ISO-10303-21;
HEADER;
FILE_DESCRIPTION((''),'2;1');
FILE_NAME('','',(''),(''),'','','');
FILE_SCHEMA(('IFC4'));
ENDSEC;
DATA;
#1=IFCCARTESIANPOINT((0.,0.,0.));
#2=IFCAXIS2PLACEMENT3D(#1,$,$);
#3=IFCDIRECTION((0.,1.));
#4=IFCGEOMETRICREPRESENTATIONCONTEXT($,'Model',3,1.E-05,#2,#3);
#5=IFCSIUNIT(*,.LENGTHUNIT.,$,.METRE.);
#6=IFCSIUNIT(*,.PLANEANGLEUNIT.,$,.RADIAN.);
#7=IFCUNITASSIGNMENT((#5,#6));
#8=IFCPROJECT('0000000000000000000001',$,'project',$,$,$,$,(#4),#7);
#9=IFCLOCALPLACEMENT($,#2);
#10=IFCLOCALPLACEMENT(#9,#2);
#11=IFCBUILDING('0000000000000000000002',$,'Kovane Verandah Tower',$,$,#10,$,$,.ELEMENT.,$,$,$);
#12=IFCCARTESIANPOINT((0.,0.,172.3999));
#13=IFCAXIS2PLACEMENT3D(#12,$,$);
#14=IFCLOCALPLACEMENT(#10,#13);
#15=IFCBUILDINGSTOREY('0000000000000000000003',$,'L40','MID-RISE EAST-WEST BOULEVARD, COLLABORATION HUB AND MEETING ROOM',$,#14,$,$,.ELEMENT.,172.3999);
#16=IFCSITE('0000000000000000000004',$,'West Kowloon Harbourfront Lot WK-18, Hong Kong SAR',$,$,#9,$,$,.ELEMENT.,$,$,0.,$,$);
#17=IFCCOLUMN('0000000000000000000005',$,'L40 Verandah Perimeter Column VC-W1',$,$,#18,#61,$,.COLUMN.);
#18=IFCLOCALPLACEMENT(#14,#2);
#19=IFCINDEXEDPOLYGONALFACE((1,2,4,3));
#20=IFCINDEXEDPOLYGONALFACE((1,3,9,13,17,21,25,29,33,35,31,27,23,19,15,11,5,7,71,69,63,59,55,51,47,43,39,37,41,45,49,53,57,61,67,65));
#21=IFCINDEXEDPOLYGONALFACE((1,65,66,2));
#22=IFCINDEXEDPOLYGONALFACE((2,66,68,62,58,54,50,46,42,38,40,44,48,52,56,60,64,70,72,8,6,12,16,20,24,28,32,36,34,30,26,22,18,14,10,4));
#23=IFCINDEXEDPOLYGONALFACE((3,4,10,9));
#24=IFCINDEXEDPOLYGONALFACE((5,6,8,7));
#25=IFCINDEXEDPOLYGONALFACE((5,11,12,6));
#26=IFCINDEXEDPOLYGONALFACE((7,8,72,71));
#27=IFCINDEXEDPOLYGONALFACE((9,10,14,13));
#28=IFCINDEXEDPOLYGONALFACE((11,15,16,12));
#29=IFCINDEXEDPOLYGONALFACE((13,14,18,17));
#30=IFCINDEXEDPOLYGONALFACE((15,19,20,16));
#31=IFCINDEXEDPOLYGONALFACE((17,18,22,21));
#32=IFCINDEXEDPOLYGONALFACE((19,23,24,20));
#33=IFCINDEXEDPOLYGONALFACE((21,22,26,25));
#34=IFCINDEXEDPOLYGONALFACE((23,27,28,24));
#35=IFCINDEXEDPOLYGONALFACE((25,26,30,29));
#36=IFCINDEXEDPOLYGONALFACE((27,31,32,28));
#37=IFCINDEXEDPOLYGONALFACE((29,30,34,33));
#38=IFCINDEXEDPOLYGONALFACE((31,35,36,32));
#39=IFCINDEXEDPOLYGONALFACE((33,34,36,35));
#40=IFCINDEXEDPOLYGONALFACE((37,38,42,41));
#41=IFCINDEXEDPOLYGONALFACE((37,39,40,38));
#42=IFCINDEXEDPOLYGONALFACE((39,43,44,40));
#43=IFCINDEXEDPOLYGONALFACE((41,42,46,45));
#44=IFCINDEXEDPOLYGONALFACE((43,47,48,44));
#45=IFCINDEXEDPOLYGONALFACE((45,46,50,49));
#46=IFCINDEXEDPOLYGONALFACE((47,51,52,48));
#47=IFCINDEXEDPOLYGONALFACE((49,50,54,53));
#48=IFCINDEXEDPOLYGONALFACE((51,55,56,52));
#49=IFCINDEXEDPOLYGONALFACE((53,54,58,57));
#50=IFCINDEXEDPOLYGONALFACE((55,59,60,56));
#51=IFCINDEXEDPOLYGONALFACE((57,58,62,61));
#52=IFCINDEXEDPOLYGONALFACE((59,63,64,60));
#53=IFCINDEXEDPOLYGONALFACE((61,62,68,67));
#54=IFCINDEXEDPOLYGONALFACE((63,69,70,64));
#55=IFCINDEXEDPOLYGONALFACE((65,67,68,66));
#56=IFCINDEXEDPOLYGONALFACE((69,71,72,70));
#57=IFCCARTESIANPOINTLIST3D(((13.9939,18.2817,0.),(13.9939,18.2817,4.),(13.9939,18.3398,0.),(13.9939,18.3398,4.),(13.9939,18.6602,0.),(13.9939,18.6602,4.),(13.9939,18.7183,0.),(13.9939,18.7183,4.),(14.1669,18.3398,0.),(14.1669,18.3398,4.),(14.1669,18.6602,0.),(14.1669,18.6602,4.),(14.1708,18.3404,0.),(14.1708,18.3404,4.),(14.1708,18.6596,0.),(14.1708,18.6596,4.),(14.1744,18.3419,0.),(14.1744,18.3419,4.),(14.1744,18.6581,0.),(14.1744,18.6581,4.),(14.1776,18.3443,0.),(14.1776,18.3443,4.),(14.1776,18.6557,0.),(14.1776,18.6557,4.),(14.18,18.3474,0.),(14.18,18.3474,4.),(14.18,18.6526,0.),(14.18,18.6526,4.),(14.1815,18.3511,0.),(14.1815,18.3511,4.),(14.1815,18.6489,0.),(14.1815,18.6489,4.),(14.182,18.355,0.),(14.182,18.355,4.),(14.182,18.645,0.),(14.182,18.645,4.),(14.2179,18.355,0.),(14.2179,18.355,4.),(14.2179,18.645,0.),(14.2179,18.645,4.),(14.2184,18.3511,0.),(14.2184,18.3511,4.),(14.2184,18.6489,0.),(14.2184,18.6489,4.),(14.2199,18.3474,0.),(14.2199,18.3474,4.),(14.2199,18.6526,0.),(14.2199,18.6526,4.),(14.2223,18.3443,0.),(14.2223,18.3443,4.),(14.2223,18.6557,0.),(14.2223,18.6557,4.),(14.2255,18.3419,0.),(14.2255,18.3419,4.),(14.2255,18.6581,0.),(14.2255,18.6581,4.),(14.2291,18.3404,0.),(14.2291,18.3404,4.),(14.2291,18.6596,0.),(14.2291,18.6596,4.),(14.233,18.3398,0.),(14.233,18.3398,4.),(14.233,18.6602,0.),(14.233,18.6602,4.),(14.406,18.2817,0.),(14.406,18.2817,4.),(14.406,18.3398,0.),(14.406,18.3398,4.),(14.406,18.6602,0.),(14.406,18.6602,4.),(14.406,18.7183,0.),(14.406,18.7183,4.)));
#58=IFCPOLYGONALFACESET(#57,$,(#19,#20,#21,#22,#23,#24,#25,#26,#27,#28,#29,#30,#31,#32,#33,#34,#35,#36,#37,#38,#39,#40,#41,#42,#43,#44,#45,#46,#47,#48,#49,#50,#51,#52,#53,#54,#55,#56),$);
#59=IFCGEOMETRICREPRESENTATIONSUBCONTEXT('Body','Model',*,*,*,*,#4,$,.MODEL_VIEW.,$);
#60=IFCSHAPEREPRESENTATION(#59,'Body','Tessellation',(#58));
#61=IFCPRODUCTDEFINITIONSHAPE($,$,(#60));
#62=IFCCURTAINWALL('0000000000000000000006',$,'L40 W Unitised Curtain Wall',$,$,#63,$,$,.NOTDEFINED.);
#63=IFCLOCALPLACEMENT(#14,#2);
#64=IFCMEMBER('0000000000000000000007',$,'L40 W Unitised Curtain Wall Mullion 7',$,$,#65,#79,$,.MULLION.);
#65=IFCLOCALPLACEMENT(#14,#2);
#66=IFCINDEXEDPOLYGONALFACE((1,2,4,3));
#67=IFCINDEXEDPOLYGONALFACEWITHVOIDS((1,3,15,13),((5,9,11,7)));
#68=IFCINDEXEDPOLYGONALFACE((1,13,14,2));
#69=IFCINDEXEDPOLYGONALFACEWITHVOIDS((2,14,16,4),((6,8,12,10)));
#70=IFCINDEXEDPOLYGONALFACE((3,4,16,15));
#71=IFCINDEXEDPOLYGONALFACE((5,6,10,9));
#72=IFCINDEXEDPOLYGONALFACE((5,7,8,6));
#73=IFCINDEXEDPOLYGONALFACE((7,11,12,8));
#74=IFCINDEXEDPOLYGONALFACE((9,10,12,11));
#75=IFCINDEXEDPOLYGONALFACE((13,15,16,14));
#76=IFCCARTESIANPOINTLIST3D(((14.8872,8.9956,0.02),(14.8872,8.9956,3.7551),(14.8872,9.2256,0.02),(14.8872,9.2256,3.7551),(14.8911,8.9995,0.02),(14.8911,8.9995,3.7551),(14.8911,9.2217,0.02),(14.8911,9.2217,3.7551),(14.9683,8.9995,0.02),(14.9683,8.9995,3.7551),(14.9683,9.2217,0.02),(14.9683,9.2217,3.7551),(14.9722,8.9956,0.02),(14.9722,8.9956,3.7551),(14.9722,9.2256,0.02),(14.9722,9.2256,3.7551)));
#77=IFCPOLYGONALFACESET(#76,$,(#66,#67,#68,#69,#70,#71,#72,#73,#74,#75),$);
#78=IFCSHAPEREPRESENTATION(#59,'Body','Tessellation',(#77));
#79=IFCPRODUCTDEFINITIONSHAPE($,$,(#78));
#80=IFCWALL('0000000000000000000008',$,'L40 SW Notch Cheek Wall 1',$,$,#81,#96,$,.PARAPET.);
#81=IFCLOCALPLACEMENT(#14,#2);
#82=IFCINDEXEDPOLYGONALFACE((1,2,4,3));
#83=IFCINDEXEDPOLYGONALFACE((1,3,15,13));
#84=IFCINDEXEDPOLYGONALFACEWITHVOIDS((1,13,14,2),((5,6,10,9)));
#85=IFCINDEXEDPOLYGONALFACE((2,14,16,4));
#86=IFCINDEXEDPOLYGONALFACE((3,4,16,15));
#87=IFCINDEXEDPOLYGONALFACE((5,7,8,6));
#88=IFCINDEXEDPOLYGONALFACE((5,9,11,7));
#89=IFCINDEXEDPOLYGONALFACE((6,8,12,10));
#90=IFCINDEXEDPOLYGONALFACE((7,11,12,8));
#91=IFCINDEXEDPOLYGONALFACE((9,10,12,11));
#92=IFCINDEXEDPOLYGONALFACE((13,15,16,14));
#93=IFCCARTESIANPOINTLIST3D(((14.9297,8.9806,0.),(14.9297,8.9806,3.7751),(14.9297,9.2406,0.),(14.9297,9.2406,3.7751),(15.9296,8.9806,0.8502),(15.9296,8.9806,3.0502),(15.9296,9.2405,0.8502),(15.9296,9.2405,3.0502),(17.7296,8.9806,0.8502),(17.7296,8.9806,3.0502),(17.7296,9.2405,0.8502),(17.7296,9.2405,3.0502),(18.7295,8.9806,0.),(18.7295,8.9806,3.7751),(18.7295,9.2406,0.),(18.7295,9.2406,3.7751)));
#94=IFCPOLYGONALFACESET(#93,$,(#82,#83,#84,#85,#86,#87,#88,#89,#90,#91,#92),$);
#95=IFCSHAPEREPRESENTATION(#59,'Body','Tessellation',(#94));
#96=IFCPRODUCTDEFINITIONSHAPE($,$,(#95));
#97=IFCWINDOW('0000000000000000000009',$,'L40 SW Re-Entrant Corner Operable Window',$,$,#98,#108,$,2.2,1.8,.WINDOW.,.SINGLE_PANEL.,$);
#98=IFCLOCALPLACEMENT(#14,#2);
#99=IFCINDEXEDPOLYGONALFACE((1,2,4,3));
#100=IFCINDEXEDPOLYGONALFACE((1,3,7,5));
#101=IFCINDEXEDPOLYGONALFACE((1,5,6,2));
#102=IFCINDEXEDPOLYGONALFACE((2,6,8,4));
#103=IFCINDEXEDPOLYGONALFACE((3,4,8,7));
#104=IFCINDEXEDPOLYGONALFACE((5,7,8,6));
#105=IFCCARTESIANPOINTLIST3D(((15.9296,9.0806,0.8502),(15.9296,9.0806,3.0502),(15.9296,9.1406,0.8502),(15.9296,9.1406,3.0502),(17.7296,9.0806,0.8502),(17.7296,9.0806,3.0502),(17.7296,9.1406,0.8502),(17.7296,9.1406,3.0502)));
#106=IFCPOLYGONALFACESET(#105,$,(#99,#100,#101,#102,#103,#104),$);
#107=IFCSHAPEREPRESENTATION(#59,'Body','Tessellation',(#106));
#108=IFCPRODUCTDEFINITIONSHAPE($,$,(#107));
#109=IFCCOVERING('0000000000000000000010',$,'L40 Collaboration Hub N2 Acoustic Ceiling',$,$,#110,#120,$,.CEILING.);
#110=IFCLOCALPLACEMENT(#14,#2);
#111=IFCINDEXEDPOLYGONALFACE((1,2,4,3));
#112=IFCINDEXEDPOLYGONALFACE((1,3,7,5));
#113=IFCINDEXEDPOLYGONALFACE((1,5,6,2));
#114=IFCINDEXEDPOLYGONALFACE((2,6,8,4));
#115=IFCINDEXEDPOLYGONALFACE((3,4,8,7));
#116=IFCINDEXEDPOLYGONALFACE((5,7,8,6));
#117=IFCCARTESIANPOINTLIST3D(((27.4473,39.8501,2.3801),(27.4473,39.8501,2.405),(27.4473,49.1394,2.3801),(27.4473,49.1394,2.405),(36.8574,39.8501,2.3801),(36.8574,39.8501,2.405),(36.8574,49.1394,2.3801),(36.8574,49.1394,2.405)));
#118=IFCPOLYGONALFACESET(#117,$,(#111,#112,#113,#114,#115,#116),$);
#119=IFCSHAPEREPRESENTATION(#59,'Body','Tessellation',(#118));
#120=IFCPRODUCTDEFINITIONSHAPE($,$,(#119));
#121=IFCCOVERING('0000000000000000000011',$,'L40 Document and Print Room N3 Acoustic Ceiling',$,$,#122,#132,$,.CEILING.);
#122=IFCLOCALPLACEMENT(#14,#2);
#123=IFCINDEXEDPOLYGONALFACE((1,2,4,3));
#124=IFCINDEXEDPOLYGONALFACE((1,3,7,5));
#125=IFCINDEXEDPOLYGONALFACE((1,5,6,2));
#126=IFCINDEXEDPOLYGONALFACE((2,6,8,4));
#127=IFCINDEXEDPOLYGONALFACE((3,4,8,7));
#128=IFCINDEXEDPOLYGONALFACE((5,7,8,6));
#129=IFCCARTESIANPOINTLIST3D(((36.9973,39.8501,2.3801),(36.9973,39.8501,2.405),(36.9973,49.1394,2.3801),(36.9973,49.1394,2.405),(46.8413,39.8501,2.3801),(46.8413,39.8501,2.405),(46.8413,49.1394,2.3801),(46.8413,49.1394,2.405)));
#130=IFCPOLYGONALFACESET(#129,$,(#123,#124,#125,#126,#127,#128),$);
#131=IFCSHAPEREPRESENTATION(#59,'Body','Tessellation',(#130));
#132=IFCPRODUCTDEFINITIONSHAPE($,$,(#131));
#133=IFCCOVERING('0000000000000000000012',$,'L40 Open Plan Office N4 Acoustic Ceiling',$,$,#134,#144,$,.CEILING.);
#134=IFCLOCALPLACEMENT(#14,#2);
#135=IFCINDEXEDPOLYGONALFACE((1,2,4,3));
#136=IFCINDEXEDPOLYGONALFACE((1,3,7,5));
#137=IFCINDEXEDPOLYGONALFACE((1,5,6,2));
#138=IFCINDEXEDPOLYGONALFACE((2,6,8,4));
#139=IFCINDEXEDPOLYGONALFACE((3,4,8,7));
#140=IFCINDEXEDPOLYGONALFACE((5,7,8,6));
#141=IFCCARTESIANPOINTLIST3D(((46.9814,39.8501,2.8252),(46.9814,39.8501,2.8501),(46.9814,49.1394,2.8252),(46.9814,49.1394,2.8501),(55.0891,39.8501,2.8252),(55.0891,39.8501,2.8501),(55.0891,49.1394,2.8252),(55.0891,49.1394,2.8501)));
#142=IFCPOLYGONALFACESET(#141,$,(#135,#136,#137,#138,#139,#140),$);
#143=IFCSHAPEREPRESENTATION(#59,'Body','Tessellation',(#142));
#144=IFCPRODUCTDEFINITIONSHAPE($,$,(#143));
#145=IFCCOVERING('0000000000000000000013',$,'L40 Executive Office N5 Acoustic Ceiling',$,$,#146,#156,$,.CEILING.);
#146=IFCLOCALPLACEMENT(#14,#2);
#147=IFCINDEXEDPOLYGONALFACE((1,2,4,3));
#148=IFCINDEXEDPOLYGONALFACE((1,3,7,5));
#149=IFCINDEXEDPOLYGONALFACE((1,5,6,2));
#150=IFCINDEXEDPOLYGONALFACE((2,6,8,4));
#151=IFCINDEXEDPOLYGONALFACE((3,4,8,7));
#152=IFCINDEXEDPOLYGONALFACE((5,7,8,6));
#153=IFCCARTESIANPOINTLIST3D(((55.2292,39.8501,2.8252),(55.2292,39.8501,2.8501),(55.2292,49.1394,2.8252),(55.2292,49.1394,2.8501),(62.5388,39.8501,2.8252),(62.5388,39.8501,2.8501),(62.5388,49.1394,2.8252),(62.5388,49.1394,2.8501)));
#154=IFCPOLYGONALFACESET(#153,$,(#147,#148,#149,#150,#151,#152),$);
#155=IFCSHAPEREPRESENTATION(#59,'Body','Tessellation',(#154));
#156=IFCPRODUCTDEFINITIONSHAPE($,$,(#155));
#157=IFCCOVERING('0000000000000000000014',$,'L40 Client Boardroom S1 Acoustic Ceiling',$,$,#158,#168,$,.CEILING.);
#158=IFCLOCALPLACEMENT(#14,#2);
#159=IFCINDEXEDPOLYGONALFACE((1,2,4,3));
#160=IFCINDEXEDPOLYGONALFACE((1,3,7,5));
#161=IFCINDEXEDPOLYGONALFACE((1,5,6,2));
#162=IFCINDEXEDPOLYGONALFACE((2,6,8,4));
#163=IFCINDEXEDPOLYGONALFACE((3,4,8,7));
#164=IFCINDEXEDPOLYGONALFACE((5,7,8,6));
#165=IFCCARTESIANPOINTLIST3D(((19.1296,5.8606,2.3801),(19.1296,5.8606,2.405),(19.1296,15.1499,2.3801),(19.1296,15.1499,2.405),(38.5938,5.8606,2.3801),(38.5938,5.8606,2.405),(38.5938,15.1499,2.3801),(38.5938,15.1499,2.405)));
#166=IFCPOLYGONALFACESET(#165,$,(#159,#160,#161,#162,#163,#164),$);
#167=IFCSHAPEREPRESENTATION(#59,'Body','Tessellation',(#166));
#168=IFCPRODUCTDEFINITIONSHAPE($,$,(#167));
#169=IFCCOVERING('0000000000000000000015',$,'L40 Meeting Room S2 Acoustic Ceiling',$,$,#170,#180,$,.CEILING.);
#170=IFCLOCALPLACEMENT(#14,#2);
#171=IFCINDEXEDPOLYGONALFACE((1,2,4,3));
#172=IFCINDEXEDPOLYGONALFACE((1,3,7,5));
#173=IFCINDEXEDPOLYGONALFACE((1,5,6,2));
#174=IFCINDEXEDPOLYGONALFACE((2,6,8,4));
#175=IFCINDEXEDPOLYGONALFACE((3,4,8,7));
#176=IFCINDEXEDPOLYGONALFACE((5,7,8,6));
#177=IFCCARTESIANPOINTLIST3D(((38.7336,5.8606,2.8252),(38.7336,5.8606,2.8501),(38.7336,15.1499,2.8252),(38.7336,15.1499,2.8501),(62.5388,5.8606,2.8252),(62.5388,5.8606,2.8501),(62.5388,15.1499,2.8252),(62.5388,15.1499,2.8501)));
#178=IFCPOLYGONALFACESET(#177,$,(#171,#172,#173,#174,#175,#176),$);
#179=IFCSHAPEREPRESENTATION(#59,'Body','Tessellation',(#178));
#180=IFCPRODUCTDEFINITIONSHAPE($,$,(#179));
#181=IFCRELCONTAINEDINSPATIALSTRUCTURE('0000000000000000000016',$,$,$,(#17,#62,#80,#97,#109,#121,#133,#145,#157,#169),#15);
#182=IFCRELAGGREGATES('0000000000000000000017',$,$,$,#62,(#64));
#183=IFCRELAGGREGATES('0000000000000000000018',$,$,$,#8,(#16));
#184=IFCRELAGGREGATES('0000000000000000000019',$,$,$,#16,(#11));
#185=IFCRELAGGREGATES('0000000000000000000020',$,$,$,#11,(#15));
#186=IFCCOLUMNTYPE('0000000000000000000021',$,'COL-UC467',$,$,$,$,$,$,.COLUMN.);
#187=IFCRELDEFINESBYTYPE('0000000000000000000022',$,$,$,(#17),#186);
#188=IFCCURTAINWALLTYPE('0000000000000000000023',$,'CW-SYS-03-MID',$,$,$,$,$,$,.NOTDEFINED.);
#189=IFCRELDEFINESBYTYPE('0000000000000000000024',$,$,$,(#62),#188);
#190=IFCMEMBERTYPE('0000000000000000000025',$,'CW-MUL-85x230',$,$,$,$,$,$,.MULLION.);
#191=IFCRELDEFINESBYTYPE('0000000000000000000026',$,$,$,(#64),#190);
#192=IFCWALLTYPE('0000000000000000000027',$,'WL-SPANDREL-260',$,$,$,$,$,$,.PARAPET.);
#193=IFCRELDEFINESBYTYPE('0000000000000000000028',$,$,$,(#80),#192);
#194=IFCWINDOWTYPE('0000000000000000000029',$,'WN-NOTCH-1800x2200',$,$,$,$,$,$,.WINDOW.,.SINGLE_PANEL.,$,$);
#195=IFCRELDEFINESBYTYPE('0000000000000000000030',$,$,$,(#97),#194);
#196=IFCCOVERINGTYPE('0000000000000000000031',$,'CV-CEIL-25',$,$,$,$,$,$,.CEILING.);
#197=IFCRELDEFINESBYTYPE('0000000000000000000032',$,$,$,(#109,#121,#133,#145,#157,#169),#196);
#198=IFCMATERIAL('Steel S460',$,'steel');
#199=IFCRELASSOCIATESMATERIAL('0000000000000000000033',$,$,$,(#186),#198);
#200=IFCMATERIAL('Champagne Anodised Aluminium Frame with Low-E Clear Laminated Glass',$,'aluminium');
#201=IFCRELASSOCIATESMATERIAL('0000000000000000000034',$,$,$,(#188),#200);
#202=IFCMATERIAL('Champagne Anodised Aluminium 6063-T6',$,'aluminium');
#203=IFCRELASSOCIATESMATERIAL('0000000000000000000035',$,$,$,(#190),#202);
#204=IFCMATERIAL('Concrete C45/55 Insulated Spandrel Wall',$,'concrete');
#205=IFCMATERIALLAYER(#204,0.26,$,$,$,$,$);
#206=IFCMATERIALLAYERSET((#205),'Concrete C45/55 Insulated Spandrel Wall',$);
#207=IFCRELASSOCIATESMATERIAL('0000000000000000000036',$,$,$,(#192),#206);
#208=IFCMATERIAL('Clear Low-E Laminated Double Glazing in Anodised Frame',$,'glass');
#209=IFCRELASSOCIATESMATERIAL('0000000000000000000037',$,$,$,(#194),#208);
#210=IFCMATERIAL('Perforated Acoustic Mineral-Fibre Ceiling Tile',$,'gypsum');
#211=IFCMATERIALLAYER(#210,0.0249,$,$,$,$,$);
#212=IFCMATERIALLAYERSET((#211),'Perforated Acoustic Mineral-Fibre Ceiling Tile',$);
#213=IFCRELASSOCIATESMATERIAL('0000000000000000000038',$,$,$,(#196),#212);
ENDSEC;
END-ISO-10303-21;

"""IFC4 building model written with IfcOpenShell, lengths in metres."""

from ifc_helpers import new_model, si_unit, direction, frame, frame_2d, origin, origin_2d, place, context, subcontext, project, spatial, polyline, rectangle, hollow_rectangle, i_section, outline, extrude, material, layer, layer_set, material_profile, profile_set, type_object, element, fill, aggregate, save


model = new_model("IFC4")

# Units and contexts
model_context = context("Model", 3, precision=1e-05, world=origin(), true_north=direction((0.0, 1.0)))
body_context = subcontext(model_context, "Body", "Model", "MODEL_VIEW")
ifc_project = project(units=[si_unit("LENGTHUNIT", "METRE"), si_unit("PLANEANGLEUNIT", "RADIAN")], contexts=[model_context])

# Site, building, storey
site_placement = place(None, origin())
site = spatial("IfcSite", under=ifc_project, at=site_placement, Name="West Kowloon Harbourfront Lot WK-18, Hong Kong SAR", CompositionType="ELEMENT", RefElevation=0.0)
building_placement = place(site_placement, origin())
building = spatial("IfcBuilding", under=site, at=building_placement, Name="Kovane Verandah Tower", CompositionType="ELEMENT")
storey_placement = place(building_placement, frame((0.0, 0.0, 172.3999)))
storey = spatial("IfcBuildingStorey", under=building, at=storey_placement, Name="L40", Description="MID-RISE EAST-WEST BOULEVARD, COLLABORATION HUB AND MEETING ROOM", CompositionType="ELEMENT", Elevation=172.3999)

# Column
ifc_material_1 = material(Name="Steel S460", Category="steel")
ifc_material_profile_1 = material_profile(ifc_material_1, i_section(OverallWidth=0.4121, OverallDepth=0.4365, WebThickness=0.0359, FlangeThickness=0.0581, FilletRadius=0.0151, at=origin_2d()), Name="UC356x406x467")
ifc_profile_set_1 = profile_set([ifc_material_profile_1], Name="Steel S460")
column_type = type_object("IfcColumnType", Name="COL-UC467", PredefinedType="COLUMN", material=ifc_profile_set_1)
column_placement = place(storey_placement, frame((14.2, 18.5, 0.0), z_axis=(0.0, 0.0, 1.0), x_axis=(1.0, 0.0, 0.0)))
element("IfcColumn", 1, at=column_placement, inside=storey, type_object=column_type, Name="L40 Verandah Perimeter Column VC-W1", PredefinedType="COLUMN", context=body_context, shape_type="SweptSolid", body=[
    extrude(i_section(OverallWidth=0.4121, OverallDepth=0.4365, WebThickness=0.0359, FlangeThickness=0.0581, FilletRadius=0.0151, at=origin_2d()), origin(), (0.0, 0.0, 1.0), 4.0),
])

# Curtain wall, member
ifc_material_2 = material(Name="Champagne Anodised Aluminium Frame with Low-E Clear Laminated Glass", Category="aluminium")
curtain_wall_type = type_object("IfcCurtainWallType", Name="CW-SYS-03-MID", PredefinedType="NOTDEFINED", material=ifc_material_2)
curtain_wall_placement = place(storey_placement, origin())
curtain_wall = element("IfcCurtainWall", 2, at=curtain_wall_placement, inside=storey, type_object=curtain_wall_type, Name="L40 W Unitised Curtain Wall", PredefinedType="NOTDEFINED")
ifc_material_3 = material(Name="Champagne Anodised Aluminium 6063-T6", Category="aluminium")
ifc_material_profile_2 = material_profile(ifc_material_3, hollow_rectangle(XDim=0.085, YDim=0.23, WallThickness=0.0039, at=origin_2d()), Name="AL85x230x4")
ifc_profile_set_2 = profile_set([ifc_material_profile_2], Name="Champagne Anodised Aluminium 6063-T6")
member_type = type_object("IfcMemberType", Name="CW-MUL-85x230", PredefinedType="MULLION", material=ifc_profile_set_2)
member_placement = place(storey_placement, frame((14.9297, 9.1106, 0.02), z_axis=(0.0, 0.0, 1.0), x_axis=(-1.0, 0.0, 0.0)))
member = element("IfcMember", 3, at=member_placement, type_object=member_type, Name="L40 W Unitised Curtain Wall Mullion 7", PredefinedType="MULLION", context=body_context, shape_type="SweptSolid", body=[
    extrude(hollow_rectangle(XDim=0.085, YDim=0.23, WallThickness=0.0039, at=origin_2d()), origin(), (0.0, 0.0, 1.0), 3.7351),
])
aggregate(curtain_wall, [member])

# Wall, opening, window
ifc_material_4 = material(Name="Concrete C45/55 Insulated Spandrel Wall", Category="concrete")
ifc_layer_1 = layer(ifc_material_4, 0.26)
ifc_layer_set_1 = layer_set([ifc_layer_1], Name="Concrete C45/55 Insulated Spandrel Wall")
wall_type = type_object("IfcWallType", Name="WL-SPANDREL-260", PredefinedType="PARAPET", material=ifc_layer_set_1)
wall_placement = place(storey_placement, frame((14.9297, 9.1106, 0.0), z_axis=(0.0, 0.0, 1.0), x_axis=(1.0, 0.0, 0.0)))
wall = element("IfcWall", 4, at=wall_placement, inside=storey, type_object=wall_type, Name="L40 SW Notch Cheek Wall 1", PredefinedType="PARAPET", context=body_context, shape_type="SweptSolid", body=[
    extrude(rectangle(XDim=3.7998, YDim=0.26, at=frame_2d((1.8999, 0.0))), origin(), (0.0, 0.0, 1.0), 3.7751),
])
opening_placement = place(wall_placement, frame((1.0, 0.0, 0.8501)))
opening = element("IfcOpeningElement", 5, at=opening_placement, cuts=wall, PredefinedType="OPENING", context=body_context, shape_type="SweptSolid", body=[
    extrude(rectangle(XDim=1.8, YDim=2.2, at=frame_2d((0.8999, 1.1001))), frame((0.0, 0.1299, 0.0), z_axis=(0.0, -1.0, 0.0), x_axis=(1.0, 0.0, 0.0)), (0.0, 0.0, 1.0), 0.26),
])
ifc_material_5 = material(Name="Clear Low-E Laminated Double Glazing in Anodised Frame", Category="glass")
window_type = type_object("IfcWindowType", Name="WN-NOTCH-1800x2200", PartitioningType="SINGLE_PANEL", PredefinedType="WINDOW", material=ifc_material_5)
window_placement = place(opening_placement, origin())
window = element("IfcWindow", 6, at=window_placement, inside=storey, type_object=window_type, Name="L40 SW Re-Entrant Corner Operable Window", OverallHeight=2.2, OverallWidth=1.8, PartitioningType="SINGLE_PANEL", PredefinedType="WINDOW", context=body_context, shape_type="SweptSolid", body=[
    extrude(rectangle(XDim=1.8, YDim=2.2, at=frame_2d((0.8999, 1.1001))), frame((0.0, 0.03, 0.0), z_axis=(0.0, -1.0, 0.0), x_axis=(1.0, 0.0, 0.0)), (0.0, 0.0, 1.0), 0.0601),
])
fill(opening, window)

# Coverings
ifc_material_6 = material(Name="Perforated Acoustic Mineral-Fibre Ceiling Tile", Category="gypsum")
ifc_layer_2 = layer(ifc_material_6, 0.0249)
ifc_layer_set_2 = layer_set([ifc_layer_2], Name="Perforated Acoustic Mineral-Fibre Ceiling Tile")
covering_type_1 = type_object("IfcCoveringType", Name="CV-CEIL-25", PredefinedType="CEILING", material=ifc_layer_set_2)
covering_1_placement = place(storey_placement, frame((0.0, 0.0, 2.3801)))
element("IfcCovering", 7, at=covering_1_placement, inside=storey, type_object=covering_type_1, Name="L40 Collaboration Hub N2 Acoustic Ceiling", PredefinedType="CEILING", context=body_context, shape_type="SweptSolid", body=[
    extrude(outline(polyline([(27.4473, 39.8501), (36.8574, 39.8501), (36.8574, 49.1394), (27.4473, 49.1394), (27.4473, 39.8501)])), origin(), (0.0, 0.0, 1.0), 0.0249),
])
covering_2_placement = place(storey_placement, frame((0.0, 0.0, 2.3801)))
element("IfcCovering", 8, at=covering_2_placement, inside=storey, type_object=covering_type_1, Name="L40 Document and Print Room N3 Acoustic Ceiling", PredefinedType="CEILING", context=body_context, shape_type="SweptSolid", body=[
    extrude(outline(polyline([(36.9973, 39.8501), (46.8413, 39.8501), (46.8413, 49.1394), (36.9973, 49.1394), (36.9973, 39.8501)])), origin(), (0.0, 0.0, 1.0), 0.0249),
])
covering_3_placement = place(storey_placement, frame((0.0, 0.0, 2.8252)))
element("IfcCovering", 9, at=covering_3_placement, inside=storey, type_object=covering_type_1, Name="L40 Open Plan Office N4 Acoustic Ceiling", PredefinedType="CEILING", context=body_context, shape_type="SweptSolid", body=[
    extrude(outline(polyline([(46.9814, 39.8501), (55.0891, 39.8501), (55.0891, 49.1394), (46.9814, 49.1394), (46.9814, 39.8501)])), origin(), (0.0, 0.0, 1.0), 0.0249),
])
covering_4_placement = place(storey_placement, frame((0.0, 0.0, 2.8252)))
element("IfcCovering", 10, at=covering_4_placement, inside=storey, type_object=covering_type_1, Name="L40 Executive Office N5 Acoustic Ceiling", PredefinedType="CEILING", context=body_context, shape_type="SweptSolid", body=[
    extrude(outline(polyline([(55.2292, 39.8501), (62.5388, 39.8501), (62.5388, 49.1394), (55.2292, 49.1394), (55.2292, 39.8501)])), origin(), (0.0, 0.0, 1.0), 0.0249),
])
covering_5_placement = place(storey_placement, frame((0.0, 0.0, 2.3801)))
element("IfcCovering", 11, at=covering_5_placement, inside=storey, type_object=covering_type_1, Name="L40 Client Boardroom S1 Acoustic Ceiling", PredefinedType="CEILING", context=body_context, shape_type="SweptSolid", body=[
    extrude(outline(polyline([(19.1296, 5.8606), (38.5938, 5.8606), (38.5938, 15.1499), (19.1296, 15.1499), (19.1296, 5.8606)])), origin(), (0.0, 0.0, 1.0), 0.0249),
])
covering_6_placement = place(storey_placement, frame((0.0, 0.0, 2.8252)))
element("IfcCovering", 12, at=covering_6_placement, inside=storey, type_object=covering_type_1, Name="L40 Meeting Room S2 Acoustic Ceiling", PredefinedType="CEILING", context=body_context, shape_type="SweptSolid", body=[
    extrude(outline(polyline([(38.7336, 5.8606), (62.5388, 5.8606), (62.5388, 15.1499), (38.7336, 15.1499), (38.7336, 5.8606)])), origin(), (0.0, 0.0, 1.0), 0.0249),
])

save(model, "model.ifc")
